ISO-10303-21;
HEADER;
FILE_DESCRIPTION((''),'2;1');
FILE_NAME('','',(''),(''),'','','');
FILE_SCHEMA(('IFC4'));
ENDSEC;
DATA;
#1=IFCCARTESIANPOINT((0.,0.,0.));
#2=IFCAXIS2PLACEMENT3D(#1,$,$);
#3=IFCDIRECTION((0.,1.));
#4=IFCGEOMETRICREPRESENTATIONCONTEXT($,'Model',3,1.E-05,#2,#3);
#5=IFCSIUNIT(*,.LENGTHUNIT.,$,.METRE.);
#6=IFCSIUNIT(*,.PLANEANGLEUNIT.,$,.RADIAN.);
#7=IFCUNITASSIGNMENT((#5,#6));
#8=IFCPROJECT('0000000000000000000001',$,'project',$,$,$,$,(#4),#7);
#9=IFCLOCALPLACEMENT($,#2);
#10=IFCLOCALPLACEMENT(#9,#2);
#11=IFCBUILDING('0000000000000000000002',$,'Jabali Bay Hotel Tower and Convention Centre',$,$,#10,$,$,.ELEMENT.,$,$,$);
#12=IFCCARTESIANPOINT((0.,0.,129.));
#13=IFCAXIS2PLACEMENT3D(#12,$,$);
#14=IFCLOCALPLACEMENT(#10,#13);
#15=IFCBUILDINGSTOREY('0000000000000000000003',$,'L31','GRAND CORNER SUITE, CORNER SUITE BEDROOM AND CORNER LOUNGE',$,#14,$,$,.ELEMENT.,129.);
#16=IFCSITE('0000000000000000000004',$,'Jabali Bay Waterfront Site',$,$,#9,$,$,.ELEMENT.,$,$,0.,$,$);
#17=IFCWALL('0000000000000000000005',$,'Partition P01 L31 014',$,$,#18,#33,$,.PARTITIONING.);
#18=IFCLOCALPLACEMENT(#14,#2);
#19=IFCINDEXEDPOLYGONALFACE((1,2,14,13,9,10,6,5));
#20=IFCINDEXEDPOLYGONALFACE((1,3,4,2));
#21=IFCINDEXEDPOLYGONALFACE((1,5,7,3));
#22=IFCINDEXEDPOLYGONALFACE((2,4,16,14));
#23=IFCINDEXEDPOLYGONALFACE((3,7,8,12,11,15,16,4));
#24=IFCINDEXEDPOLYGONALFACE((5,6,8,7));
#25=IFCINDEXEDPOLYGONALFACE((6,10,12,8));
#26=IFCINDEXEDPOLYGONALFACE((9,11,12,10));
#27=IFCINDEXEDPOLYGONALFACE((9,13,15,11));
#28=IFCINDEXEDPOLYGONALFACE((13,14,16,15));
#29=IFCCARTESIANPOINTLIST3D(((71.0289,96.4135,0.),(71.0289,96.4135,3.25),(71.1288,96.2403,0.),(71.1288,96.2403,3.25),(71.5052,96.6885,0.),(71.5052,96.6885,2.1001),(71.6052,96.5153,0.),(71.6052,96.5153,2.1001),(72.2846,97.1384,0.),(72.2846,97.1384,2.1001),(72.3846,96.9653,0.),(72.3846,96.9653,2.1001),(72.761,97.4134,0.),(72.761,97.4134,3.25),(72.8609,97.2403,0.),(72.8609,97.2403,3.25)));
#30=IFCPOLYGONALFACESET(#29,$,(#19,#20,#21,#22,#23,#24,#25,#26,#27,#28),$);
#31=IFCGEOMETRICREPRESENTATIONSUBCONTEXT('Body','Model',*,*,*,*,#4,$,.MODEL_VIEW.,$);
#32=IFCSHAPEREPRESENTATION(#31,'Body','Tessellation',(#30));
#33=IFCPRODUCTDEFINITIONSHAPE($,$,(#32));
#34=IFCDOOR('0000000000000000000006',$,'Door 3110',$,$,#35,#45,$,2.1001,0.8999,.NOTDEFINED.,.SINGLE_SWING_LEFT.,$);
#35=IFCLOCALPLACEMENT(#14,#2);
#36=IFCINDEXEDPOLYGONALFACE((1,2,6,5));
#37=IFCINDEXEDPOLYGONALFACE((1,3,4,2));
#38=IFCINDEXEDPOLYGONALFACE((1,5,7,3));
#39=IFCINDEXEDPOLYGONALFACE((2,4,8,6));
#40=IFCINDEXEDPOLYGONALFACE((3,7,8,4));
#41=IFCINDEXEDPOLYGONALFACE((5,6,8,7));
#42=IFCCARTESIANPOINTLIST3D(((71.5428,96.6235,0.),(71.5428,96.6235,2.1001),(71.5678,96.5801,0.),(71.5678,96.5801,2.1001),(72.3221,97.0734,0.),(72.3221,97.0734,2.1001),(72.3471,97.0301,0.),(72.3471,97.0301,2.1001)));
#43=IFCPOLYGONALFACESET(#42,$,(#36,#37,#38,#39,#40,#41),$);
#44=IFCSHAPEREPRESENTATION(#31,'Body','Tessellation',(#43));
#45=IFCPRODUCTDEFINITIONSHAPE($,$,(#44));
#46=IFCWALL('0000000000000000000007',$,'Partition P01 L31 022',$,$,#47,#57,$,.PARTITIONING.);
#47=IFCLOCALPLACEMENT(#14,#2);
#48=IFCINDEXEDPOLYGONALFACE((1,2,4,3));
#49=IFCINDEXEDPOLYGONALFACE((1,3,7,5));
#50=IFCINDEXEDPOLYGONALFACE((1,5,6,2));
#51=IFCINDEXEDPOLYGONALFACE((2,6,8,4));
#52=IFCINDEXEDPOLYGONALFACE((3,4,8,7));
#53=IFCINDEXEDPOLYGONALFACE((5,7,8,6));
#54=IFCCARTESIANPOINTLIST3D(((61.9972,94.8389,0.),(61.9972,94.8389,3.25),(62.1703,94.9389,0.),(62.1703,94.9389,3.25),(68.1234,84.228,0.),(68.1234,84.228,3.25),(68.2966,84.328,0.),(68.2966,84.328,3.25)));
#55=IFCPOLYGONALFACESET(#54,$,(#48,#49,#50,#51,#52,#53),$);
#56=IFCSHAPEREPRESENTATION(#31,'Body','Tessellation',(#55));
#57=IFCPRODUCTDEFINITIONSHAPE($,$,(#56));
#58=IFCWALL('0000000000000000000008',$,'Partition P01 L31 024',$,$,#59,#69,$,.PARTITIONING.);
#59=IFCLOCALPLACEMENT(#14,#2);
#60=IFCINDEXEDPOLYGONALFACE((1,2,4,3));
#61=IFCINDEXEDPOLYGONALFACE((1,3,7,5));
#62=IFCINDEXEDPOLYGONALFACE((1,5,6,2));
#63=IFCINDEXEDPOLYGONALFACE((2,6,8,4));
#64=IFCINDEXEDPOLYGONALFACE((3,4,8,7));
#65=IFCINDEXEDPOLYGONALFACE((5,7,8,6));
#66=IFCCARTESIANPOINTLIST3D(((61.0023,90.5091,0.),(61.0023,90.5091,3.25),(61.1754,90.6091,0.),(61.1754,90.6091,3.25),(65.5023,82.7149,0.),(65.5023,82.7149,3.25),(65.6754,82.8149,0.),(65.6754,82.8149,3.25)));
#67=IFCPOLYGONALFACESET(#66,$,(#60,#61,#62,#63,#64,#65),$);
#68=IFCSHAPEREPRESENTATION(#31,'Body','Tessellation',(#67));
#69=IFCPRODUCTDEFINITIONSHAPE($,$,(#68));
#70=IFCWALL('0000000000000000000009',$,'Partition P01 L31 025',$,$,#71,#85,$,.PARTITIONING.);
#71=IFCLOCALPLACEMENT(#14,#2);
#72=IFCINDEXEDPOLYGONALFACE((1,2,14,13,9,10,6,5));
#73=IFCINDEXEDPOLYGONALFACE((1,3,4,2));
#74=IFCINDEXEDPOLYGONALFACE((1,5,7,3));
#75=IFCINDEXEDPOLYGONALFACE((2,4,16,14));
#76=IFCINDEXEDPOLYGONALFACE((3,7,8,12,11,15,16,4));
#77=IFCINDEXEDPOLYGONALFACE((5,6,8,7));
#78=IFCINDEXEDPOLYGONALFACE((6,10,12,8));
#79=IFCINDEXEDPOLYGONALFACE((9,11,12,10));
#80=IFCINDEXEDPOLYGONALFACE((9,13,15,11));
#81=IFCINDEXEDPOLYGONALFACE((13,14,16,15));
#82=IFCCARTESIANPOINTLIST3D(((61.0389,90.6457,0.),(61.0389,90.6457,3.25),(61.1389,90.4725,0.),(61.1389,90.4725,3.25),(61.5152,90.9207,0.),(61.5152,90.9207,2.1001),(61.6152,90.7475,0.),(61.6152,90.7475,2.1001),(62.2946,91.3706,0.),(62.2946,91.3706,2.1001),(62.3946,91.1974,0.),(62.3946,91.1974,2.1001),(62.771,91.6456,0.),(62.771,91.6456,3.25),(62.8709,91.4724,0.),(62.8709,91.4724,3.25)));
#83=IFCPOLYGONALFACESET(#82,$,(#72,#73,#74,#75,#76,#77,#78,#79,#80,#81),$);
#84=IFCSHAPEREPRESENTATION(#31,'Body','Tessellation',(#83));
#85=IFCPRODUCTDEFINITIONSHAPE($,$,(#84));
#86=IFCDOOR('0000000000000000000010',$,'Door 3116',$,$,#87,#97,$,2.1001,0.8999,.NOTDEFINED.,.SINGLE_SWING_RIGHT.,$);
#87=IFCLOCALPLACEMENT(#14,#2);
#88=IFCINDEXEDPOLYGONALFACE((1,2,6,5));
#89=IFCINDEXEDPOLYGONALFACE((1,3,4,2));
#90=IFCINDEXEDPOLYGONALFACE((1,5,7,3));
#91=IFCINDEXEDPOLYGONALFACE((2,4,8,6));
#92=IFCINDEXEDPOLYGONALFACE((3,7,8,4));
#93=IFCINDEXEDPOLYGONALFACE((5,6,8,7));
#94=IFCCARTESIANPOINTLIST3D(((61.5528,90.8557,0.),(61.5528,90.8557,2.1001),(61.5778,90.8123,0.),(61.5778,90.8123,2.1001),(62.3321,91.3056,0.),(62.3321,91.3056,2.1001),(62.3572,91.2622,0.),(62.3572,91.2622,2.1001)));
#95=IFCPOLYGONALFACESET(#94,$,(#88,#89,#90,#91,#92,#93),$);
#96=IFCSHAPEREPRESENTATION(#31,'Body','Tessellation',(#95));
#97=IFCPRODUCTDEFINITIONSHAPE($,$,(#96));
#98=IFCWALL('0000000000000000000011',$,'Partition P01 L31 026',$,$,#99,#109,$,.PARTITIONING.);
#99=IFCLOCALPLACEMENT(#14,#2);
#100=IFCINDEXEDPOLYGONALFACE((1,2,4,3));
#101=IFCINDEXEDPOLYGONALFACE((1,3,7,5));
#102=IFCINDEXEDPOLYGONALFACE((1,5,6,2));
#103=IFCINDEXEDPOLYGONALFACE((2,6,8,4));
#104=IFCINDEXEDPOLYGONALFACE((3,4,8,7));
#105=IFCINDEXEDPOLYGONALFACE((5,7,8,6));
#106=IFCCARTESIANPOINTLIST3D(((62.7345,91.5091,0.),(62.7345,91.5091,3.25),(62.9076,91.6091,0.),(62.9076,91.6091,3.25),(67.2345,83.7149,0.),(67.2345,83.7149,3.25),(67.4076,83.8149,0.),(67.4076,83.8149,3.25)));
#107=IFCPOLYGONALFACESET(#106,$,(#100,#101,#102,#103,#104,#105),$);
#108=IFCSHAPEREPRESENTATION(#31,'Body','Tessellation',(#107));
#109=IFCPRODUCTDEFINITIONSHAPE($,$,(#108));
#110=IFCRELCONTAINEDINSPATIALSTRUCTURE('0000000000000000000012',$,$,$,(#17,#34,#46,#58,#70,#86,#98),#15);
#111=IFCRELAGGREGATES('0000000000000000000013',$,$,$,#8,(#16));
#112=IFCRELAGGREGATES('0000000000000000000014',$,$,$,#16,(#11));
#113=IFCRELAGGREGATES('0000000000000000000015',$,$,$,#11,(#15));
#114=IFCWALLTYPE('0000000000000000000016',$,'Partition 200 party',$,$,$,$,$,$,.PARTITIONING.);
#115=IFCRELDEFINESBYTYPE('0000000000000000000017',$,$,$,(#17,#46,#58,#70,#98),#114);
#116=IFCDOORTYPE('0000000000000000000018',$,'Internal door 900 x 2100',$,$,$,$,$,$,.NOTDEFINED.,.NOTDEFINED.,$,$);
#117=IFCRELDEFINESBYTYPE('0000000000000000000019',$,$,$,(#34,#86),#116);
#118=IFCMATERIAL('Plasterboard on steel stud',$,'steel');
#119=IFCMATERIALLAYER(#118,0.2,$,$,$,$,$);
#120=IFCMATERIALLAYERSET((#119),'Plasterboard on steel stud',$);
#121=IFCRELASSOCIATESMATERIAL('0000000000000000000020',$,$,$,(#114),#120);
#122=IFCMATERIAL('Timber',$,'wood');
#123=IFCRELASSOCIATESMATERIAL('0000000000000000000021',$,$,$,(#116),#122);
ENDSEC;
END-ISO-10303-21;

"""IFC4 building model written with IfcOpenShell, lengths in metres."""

from ifc_helpers import new_model, si_unit, direction, frame, frame_2d, origin, place, context, subcontext, project, spatial, rectangle, extrude, material, layer, layer_set, type_object, element, fill, save


model = new_model("IFC4")

# Units and contexts
model_context = context("Model", 3, precision=1e-05, world=origin(), true_north=direction((0.0, 1.0)))
body_context = subcontext(model_context, "Body", "Model", "MODEL_VIEW")
ifc_project = project(units=[si_unit("LENGTHUNIT", "METRE"), si_unit("PLANEANGLEUNIT", "RADIAN")], contexts=[model_context])

# Site, building, storey
site_placement = place(None, origin())
site = spatial("IfcSite", under=ifc_project, at=site_placement, Name="Jabali Bay Waterfront Site", CompositionType="ELEMENT", RefElevation=0.0)
building_placement = place(site_placement, origin())
building = spatial("IfcBuilding", under=site, at=building_placement, Name="Jabali Bay Hotel Tower and Convention Centre", CompositionType="ELEMENT")
storey_placement = place(building_placement, frame((0.0, 0.0, 129.0)))
storey = spatial("IfcBuildingStorey", under=building, at=storey_placement, Name="L31", Description="GRAND CORNER SUITE, CORNER SUITE BEDROOM AND CORNER LOUNGE", CompositionType="ELEMENT", Elevation=129.0)

# Shared definitions
ifc_material_1 = material(Name="Timber", Category="wood")

# Shared definitions
ifc_material_2 = material(Name="Plasterboard on steel stud", Category="steel")

# Shared definitions
ifc_layer_1 = layer(ifc_material_2, 0.2)
ifc_layer_set_1 = layer_set([ifc_layer_1], Name="Plasterboard on steel stud")
wall_type_1 = type_object("IfcWallType", Name="Partition 200 party", PredefinedType="PARTITIONING", material=ifc_layer_set_1)

# Wall, opening, door
wall_1_placement = place(storey_placement, frame((71.0789, 96.3269, 0.0), z_axis=(0.0, 0.0, 1.0), x_axis=(0.866041, 0.499973, 0.0)))
wall_1 = element("IfcWall", 1, at=wall_1_placement, inside=storey, type_object=wall_type_1, Name="Partition P01 L31 014", PredefinedType="PARTITIONING", context=body_context, shape_type="SweptSolid", body=[
    extrude(rectangle(XDim=2.0, YDim=0.2, at=frame_2d((1.0, 0.0))), origin(), (0.0, 0.0, 1.0), 3.25),
])
opening_1_placement = place(wall_1_placement, frame((0.55, 0.0, 0.0)))
opening_1 = element("IfcOpeningElement", 2, at=opening_1_placement, cuts=wall_1, PredefinedType="OPENING", context=body_context, shape_type="SweptSolid", body=[
    extrude(rectangle(XDim=0.8999, YDim=2.1001, at=frame_2d((0.45, 1.05))), frame((0.0, 0.1104, 0.0), z_axis=(0.0, -1.0, 0.0), x_axis=(1.0, 0.0, 0.0)), (0.0, 0.0, 1.0), 0.2209),
])
door_type_1 = type_object("IfcDoorType", Name="Internal door 900 x 2100", OperationType="NOTDEFINED", PredefinedType="NOTDEFINED", material=ifc_material_1)
door_1_placement = place(opening_1_placement, origin())
door_1 = element("IfcDoor", 3, at=door_1_placement, inside=storey, type_object=door_type_1, Name="Door 3110", OperationType="SINGLE_SWING_LEFT", OverallHeight=2.1001, OverallWidth=0.8999, PredefinedType="NOTDEFINED", context=body_context, shape_type="SweptSolid", body=[
    extrude(rectangle(XDim=0.8999, YDim=2.1001, at=frame_2d((0.45, 1.05))), frame((0.0, 0.0249, 0.0), z_axis=(0.0, -1.0, 0.0), x_axis=(1.0, 0.0, 0.0)), (0.0, 0.0, 1.0), 0.05),
])
fill(opening_1, door_1)

# Walls
wall_2_placement = place(storey_placement, frame((62.0837, 94.8889, 0.0), z_axis=(0.0, 0.0, 1.0), x_axis=(0.500003, -0.866024, 0.0)))
element("IfcWall", 4, at=wall_2_placement, inside=storey, type_object=wall_type_1, Name="Partition P01 L31 022", PredefinedType="PARTITIONING", context=body_context, shape_type="SweptSolid", body=[
    extrude(rectangle(XDim=12.2524, YDim=0.2, at=frame_2d((6.1262, 0.0))), origin(), (0.0, 0.0, 1.0), 3.25),
])
wall_3_placement = place(storey_placement, frame((65.5889, 82.7649, 0.0), z_axis=(0.0, 0.0, 1.0), x_axis=(-0.500002, 0.866024, 0.0)))
element("IfcWall", 5, at=wall_3_placement, inside=storey, type_object=wall_type_1, Name="Partition P01 L31 024", PredefinedType="PARTITIONING", context=body_context, shape_type="SweptSolid", body=[
    extrude(rectangle(XDim=9.0, YDim=0.2, at=frame_2d((4.5, 0.0))), origin(), (0.0, 0.0, 1.0), 3.25),
])

# Wall, opening, door
wall_4_placement = place(storey_placement, frame((61.0889, 90.5591, 0.0), z_axis=(0.0, 0.0, 1.0), x_axis=(0.866041, 0.499973, 0.0)))
wall_4 = element("IfcWall", 6, at=wall_4_placement, inside=storey, type_object=wall_type_1, Name="Partition P01 L31 025", PredefinedType="PARTITIONING", context=body_context, shape_type="SweptSolid", body=[
    extrude(rectangle(XDim=2.0, YDim=0.2, at=frame_2d((1.0, 0.0))), origin(), (0.0, 0.0, 1.0), 3.25),
])
opening_2_placement = place(wall_4_placement, frame((0.55, 0.0, 0.0)))
opening_2 = element("IfcOpeningElement", 7, at=opening_2_placement, cuts=wall_4, PredefinedType="OPENING", context=body_context, shape_type="SweptSolid", body=[
    extrude(rectangle(XDim=0.8999, YDim=2.1001, at=frame_2d((0.45, 1.05))), frame((0.0, 0.1104, 0.0), z_axis=(0.0, -1.0, 0.0), x_axis=(1.0, 0.0, 0.0)), (0.0, 0.0, 1.0), 0.2209),
])
door_2_placement = place(opening_2_placement, origin())
door_2 = element("IfcDoor", 8, at=door_2_placement, inside=storey, type_object=door_type_1, Name="Door 3116", OperationType="SINGLE_SWING_RIGHT", OverallHeight=2.1001, OverallWidth=0.8999, PredefinedType="NOTDEFINED", context=body_context, shape_type="SweptSolid", body=[
    extrude(rectangle(XDim=0.8999, YDim=2.1001, at=frame_2d((0.45, 1.05))), frame((0.0, 0.0249, 0.0), z_axis=(0.0, -1.0, 0.0), x_axis=(1.0, 0.0, 0.0)), (0.0, 0.0, 1.0), 0.05),
])
fill(opening_2, door_2)

# Wall
wall_5_placement = place(storey_placement, frame((62.821, 91.5591, 0.0), z_axis=(0.0, 0.0, 1.0), x_axis=(0.500002, -0.866024, 0.0)))
element("IfcWall", 9, at=wall_5_placement, inside=storey, type_object=wall_type_1, Name="Partition P01 L31 026", PredefinedType="PARTITIONING", context=body_context, shape_type="SweptSolid", body=[
    extrude(rectangle(XDim=9.0, YDim=0.2, at=frame_2d((4.5, 0.0))), origin(), (0.0, 0.0, 1.0), 3.25),
])

save(model, "model.ifc")
